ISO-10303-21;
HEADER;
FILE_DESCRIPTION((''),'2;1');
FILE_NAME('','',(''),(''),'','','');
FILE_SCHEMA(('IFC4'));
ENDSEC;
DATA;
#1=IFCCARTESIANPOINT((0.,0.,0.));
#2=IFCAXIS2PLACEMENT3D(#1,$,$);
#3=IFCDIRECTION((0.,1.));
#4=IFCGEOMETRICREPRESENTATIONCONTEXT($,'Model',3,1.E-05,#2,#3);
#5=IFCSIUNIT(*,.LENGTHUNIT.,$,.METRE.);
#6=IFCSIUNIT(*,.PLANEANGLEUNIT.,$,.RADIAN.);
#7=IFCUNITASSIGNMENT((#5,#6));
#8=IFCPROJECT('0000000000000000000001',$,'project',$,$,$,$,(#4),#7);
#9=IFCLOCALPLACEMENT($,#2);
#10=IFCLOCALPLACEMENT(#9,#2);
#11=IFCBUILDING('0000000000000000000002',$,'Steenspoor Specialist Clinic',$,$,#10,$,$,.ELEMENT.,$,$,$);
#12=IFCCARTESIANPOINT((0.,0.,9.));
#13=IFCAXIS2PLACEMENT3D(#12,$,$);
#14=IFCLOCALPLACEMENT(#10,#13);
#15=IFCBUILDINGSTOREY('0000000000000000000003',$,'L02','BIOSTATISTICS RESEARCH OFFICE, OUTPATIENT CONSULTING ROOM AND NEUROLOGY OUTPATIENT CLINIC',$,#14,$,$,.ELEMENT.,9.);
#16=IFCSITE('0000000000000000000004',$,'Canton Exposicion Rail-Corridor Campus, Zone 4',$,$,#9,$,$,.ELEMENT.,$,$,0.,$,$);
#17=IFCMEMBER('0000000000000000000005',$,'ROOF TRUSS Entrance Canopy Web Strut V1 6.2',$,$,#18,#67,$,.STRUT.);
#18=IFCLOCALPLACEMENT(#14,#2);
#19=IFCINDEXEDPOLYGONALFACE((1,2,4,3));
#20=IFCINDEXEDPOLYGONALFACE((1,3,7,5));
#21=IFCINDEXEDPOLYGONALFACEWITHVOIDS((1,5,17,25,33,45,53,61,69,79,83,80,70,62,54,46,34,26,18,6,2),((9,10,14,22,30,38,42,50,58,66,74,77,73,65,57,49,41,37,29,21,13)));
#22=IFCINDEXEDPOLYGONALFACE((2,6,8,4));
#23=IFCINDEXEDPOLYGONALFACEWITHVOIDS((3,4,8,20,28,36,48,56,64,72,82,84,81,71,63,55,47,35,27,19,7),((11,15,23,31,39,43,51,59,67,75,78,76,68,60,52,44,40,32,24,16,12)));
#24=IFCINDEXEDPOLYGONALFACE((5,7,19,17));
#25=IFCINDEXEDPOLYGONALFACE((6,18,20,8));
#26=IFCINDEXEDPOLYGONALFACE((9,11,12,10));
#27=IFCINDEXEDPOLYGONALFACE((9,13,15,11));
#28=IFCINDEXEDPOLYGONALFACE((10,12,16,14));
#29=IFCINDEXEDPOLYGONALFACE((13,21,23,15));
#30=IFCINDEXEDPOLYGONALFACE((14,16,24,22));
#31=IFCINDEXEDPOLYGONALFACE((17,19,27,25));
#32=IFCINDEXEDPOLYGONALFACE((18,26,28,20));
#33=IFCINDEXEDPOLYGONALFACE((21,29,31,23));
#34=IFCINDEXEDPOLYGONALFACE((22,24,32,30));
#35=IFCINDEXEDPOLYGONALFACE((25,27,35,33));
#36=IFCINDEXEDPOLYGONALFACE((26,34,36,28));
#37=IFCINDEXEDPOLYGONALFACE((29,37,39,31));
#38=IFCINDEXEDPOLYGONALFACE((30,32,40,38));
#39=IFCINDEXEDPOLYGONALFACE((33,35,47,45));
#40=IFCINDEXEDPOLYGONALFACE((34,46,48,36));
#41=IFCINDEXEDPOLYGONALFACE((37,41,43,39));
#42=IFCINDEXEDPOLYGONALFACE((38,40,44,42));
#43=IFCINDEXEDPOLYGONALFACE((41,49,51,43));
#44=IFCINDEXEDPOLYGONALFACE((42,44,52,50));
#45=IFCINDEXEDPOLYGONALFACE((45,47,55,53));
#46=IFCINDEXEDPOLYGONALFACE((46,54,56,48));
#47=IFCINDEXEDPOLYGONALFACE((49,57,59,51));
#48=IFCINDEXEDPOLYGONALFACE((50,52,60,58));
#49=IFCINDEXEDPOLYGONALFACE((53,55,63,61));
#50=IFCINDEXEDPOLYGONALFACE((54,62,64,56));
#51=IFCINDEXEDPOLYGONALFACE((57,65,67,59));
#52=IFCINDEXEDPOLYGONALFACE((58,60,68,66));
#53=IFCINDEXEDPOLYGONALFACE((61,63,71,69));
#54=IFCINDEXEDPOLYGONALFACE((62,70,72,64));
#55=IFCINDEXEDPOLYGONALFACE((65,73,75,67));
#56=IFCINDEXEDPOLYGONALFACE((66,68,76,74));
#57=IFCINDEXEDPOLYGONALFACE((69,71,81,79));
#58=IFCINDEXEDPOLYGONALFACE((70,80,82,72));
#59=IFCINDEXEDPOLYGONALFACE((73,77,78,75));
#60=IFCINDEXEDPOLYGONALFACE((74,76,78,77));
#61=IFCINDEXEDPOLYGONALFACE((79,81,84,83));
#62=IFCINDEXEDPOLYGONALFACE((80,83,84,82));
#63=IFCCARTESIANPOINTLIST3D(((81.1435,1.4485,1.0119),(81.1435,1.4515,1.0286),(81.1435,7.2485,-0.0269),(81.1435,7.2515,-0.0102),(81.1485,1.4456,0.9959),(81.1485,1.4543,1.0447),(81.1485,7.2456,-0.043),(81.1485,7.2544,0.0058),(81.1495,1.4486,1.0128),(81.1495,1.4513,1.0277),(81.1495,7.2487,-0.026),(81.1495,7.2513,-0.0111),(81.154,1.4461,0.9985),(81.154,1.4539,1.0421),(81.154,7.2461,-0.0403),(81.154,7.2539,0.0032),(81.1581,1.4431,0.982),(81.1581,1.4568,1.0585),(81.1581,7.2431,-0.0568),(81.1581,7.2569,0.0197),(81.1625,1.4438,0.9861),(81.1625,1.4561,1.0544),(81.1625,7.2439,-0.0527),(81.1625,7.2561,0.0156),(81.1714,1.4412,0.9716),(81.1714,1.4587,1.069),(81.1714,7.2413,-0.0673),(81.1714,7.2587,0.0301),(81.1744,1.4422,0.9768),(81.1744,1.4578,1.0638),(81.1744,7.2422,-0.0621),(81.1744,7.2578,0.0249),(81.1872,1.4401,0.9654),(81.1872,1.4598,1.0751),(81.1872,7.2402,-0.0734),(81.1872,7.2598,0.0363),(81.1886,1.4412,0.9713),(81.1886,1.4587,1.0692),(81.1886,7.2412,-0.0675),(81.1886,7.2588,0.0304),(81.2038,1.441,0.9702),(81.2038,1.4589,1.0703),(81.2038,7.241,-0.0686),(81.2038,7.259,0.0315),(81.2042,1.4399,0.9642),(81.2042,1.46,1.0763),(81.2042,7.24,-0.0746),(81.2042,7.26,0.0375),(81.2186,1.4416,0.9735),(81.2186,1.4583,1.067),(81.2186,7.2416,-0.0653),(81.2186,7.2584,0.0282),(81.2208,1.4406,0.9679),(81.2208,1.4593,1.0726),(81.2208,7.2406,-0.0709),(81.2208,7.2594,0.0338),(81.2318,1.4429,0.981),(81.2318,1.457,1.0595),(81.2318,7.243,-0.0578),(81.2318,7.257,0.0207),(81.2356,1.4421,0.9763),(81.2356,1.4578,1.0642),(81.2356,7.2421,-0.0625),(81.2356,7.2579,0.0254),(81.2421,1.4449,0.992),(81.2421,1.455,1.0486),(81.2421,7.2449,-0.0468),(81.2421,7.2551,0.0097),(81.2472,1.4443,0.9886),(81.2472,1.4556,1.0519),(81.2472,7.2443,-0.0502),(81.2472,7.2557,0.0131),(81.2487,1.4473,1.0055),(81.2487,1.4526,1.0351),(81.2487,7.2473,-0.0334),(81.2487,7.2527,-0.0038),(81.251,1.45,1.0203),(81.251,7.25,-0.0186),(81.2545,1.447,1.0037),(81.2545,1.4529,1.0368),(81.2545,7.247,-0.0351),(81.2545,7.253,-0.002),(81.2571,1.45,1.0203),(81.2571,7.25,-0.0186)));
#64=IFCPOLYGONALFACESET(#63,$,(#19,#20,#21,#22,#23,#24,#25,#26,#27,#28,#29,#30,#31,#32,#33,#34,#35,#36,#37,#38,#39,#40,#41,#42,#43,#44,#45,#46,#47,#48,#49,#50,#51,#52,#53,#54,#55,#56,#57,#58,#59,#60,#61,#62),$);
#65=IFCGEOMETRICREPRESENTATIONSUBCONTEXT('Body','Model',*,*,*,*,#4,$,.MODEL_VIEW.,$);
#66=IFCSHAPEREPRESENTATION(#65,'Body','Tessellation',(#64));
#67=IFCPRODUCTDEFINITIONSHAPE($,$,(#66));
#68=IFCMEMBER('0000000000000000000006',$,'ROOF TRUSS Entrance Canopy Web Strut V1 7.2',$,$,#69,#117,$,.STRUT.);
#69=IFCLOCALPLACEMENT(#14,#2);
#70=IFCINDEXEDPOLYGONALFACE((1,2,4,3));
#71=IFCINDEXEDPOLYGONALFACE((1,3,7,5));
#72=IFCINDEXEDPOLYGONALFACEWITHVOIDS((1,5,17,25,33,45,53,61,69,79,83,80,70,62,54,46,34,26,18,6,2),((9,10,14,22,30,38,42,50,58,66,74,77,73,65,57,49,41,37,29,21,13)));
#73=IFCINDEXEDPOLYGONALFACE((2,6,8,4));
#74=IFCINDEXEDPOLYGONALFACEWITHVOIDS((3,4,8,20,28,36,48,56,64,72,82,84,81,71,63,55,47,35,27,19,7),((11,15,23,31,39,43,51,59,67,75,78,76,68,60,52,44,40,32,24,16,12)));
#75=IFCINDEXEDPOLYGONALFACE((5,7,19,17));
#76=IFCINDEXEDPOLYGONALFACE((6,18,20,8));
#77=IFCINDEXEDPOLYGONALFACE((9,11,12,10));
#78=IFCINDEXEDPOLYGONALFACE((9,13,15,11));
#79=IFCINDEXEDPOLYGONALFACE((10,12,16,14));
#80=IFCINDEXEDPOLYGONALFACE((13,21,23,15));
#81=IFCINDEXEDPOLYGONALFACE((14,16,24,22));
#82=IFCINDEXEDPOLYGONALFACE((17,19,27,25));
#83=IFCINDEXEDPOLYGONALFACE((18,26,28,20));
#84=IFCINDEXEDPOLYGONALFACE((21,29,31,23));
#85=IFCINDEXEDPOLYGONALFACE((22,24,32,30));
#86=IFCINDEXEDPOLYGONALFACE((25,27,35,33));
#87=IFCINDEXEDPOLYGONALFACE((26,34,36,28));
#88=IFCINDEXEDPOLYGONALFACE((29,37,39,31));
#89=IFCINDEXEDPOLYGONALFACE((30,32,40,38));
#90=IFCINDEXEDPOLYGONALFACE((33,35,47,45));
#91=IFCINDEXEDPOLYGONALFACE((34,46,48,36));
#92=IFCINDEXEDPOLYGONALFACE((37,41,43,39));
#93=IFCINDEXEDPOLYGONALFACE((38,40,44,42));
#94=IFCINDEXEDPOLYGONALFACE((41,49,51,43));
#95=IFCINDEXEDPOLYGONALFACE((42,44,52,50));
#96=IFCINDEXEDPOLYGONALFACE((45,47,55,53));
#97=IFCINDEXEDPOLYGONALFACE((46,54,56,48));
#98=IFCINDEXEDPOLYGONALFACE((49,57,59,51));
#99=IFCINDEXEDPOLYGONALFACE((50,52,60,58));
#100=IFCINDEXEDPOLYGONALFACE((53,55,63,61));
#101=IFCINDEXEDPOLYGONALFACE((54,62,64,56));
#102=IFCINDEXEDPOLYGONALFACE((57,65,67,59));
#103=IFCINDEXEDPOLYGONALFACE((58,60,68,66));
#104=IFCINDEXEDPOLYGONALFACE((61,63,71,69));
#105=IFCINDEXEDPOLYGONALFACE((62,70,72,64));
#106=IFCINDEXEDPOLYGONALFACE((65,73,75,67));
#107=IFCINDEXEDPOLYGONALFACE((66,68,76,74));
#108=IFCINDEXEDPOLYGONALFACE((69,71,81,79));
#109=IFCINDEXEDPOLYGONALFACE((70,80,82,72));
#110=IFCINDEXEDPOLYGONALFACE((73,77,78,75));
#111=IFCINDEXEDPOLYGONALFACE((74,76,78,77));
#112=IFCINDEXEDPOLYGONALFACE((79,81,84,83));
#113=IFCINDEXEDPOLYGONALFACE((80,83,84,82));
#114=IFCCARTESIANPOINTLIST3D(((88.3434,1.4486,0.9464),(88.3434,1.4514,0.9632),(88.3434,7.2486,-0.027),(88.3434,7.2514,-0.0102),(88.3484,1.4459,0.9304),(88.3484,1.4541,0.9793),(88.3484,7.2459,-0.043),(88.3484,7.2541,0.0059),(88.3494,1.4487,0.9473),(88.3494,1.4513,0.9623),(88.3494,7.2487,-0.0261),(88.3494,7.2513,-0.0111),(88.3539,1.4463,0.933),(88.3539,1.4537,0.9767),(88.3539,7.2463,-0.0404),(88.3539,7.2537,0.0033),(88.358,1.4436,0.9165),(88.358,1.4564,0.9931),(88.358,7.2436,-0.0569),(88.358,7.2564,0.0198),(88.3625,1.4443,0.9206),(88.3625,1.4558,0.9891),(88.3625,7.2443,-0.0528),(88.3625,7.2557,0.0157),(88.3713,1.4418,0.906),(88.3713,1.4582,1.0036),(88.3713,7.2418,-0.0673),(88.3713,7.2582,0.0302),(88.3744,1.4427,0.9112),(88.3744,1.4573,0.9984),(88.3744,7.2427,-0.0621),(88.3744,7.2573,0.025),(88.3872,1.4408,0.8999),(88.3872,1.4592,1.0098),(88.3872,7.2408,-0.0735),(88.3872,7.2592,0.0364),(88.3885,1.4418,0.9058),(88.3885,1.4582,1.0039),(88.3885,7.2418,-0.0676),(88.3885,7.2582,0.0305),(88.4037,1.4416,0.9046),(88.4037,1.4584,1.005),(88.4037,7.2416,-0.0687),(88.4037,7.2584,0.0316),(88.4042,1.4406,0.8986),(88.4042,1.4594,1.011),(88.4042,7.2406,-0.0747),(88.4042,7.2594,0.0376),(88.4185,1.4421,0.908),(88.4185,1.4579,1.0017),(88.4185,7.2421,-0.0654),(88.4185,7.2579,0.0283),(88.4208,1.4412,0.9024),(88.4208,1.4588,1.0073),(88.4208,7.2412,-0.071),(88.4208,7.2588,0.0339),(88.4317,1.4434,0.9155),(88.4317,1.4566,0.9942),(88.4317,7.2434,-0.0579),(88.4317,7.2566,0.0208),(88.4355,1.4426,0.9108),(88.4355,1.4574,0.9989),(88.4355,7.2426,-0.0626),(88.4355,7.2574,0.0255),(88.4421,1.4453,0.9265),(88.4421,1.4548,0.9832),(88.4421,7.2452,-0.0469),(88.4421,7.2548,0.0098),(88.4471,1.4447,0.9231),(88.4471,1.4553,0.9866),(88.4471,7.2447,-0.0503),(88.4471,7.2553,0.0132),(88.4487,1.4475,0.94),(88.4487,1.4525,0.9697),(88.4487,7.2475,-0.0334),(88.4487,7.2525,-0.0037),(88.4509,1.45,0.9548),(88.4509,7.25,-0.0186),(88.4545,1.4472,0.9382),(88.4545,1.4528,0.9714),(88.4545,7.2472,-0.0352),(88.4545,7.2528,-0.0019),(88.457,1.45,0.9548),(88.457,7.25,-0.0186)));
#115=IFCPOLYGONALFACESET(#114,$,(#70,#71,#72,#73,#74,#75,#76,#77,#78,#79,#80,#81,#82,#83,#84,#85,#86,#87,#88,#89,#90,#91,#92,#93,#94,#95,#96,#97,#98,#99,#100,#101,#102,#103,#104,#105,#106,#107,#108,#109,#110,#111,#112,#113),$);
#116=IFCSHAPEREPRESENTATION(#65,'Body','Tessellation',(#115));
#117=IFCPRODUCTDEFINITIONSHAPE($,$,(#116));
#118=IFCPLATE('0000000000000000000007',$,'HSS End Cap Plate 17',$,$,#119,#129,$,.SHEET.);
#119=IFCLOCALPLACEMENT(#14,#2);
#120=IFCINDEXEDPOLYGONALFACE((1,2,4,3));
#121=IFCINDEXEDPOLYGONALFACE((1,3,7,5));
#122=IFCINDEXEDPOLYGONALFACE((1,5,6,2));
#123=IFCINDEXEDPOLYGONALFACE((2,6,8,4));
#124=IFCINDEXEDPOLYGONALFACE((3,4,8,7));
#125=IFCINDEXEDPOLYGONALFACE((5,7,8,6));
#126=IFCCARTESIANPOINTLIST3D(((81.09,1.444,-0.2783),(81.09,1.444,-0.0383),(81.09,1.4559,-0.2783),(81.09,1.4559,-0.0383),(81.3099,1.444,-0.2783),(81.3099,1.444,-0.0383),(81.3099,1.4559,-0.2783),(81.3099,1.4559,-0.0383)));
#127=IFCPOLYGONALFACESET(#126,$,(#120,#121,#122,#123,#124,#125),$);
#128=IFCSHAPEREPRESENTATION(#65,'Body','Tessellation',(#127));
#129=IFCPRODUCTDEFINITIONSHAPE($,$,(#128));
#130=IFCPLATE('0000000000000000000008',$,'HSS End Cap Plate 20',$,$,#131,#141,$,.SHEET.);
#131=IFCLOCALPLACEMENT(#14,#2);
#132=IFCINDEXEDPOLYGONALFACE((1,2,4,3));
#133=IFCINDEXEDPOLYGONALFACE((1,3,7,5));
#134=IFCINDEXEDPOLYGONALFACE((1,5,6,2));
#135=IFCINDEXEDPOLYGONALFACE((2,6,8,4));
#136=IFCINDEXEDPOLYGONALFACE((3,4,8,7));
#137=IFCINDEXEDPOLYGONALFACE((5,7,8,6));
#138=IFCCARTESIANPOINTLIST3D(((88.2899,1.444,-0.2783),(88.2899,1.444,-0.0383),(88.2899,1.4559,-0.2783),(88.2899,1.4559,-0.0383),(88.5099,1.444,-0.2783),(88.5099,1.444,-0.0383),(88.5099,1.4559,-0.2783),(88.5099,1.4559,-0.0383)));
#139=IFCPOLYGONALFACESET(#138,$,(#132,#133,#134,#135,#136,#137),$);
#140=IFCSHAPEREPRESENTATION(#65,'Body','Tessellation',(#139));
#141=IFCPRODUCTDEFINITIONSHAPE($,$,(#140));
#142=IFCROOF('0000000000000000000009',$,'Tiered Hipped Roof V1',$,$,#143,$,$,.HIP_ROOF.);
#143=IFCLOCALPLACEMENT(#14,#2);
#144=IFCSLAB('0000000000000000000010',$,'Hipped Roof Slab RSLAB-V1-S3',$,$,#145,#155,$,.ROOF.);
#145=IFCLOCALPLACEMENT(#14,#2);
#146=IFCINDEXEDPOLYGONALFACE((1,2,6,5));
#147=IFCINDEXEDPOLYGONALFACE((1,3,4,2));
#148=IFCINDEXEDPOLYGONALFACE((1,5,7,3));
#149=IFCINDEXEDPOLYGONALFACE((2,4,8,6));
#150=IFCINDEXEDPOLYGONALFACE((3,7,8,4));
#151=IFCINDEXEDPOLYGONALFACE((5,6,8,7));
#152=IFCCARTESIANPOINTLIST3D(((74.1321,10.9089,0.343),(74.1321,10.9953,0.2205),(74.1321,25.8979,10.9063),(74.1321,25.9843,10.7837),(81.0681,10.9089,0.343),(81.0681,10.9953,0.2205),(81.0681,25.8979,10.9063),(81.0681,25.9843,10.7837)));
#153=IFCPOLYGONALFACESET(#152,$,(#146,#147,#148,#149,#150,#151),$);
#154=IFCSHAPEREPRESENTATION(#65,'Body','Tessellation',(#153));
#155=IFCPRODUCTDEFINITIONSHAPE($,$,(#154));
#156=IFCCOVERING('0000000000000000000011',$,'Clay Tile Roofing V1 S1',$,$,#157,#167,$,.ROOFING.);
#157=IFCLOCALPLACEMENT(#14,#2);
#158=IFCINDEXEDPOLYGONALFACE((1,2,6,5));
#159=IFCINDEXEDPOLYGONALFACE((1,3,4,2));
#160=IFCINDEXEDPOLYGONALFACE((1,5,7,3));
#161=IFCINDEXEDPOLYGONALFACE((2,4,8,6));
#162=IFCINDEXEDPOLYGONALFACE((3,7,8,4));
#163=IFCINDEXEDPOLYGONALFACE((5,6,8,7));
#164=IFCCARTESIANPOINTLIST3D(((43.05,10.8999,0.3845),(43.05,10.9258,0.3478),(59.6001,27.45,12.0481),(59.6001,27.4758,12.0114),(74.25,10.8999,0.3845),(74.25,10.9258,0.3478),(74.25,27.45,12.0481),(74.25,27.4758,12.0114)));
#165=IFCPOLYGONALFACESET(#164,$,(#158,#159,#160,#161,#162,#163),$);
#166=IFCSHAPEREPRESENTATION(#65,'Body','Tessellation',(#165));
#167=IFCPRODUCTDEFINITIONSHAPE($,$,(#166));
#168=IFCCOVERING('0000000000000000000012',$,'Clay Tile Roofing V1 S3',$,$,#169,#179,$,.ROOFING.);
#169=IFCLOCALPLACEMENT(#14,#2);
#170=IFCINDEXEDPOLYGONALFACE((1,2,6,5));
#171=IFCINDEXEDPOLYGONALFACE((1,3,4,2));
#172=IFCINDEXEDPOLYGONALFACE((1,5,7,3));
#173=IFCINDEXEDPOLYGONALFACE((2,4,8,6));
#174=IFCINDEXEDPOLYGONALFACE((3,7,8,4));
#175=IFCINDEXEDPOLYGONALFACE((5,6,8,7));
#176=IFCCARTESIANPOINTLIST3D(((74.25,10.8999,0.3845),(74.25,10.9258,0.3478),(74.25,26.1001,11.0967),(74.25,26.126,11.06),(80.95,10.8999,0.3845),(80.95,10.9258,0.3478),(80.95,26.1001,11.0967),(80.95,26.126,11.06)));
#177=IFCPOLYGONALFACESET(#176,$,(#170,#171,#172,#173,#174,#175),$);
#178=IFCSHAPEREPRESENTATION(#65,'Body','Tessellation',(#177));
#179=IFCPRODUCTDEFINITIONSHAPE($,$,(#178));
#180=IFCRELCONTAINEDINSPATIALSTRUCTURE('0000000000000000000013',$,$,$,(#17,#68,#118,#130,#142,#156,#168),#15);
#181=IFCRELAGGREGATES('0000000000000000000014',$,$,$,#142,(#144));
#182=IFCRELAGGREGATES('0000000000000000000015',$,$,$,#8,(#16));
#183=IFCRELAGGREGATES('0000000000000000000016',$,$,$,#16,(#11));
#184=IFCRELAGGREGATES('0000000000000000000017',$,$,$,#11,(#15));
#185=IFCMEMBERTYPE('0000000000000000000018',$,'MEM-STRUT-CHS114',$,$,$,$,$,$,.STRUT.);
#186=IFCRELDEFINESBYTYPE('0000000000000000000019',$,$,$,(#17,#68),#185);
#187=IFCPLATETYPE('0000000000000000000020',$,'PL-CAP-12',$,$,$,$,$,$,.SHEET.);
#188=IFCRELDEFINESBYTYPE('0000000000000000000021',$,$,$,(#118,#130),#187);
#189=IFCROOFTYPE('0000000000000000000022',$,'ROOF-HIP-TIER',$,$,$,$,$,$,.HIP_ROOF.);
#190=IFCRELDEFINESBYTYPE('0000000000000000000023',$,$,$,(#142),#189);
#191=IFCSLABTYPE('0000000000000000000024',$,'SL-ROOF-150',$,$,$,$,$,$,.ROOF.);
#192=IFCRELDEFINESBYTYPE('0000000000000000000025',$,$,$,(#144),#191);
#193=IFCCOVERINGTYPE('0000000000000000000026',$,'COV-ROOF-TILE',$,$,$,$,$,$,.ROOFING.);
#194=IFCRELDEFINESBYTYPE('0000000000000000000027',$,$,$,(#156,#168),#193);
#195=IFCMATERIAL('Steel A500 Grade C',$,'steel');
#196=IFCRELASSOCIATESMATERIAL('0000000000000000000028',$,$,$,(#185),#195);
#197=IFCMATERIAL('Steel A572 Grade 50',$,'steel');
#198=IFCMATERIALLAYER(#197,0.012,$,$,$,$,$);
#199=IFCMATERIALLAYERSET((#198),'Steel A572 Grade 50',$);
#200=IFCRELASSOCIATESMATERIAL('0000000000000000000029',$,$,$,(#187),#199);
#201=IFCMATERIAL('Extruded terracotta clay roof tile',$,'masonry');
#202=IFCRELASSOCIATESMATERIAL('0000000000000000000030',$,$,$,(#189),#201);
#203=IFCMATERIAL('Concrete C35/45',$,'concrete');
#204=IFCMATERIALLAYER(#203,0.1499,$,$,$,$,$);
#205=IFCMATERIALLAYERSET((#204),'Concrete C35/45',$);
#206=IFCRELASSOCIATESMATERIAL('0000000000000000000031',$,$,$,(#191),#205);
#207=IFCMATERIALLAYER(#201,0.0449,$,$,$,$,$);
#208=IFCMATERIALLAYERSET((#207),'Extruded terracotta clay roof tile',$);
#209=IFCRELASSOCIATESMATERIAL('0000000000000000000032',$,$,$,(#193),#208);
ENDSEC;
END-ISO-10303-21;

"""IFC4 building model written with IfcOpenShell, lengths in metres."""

from ifc_helpers import new_model, si_unit, direction, frame, origin, origin_2d, place, context, subcontext, project, spatial, polyline, rectangle, hollow_circle, outline, extrude, material, layer, layer_set, material_profile, profile_set, type_object, element, aggregate, save


model = new_model("IFC4")

# Units and contexts
model_context = context("Model", 3, precision=1e-05, world=origin(), true_north=direction((0.0, 1.0)))
body_context = subcontext(model_context, "Body", "Model", "MODEL_VIEW")
ifc_project = project(units=[si_unit("LENGTHUNIT", "METRE"), si_unit("PLANEANGLEUNIT", "RADIAN")], contexts=[model_context])

# Site, building, storey
site_placement = place(None, origin())
site = spatial("IfcSite", under=ifc_project, at=site_placement, Name="Canton Exposicion Rail-Corridor Campus, Zone 4", CompositionType="ELEMENT", RefElevation=0.0)
building_placement = place(site_placement, origin())
building = spatial("IfcBuilding", under=site, at=building_placement, Name="Steenspoor Specialist Clinic", CompositionType="ELEMENT")
storey_placement = place(building_placement, frame((0.0, 0.0, 9.0)))
storey = spatial("IfcBuildingStorey", under=building, at=storey_placement, Name="L02", Description="BIOSTATISTICS RESEARCH OFFICE, OUTPATIENT CONSULTING ROOM AND NEUROLOGY OUTPATIENT CLINIC", CompositionType="ELEMENT", Elevation=9.0)

# Members
ifc_material_1 = material(Name="Steel A500 Grade C", Category="steel")
ifc_material_profile_1 = material_profile(ifc_material_1, hollow_circle(Radius=0.0571, WallThickness=0.0061, at=origin_2d()), Name="CHS114X6.0")
ifc_profile_set_1 = profile_set([ifc_material_profile_1], Name="Steel A500 Grade C")
member_type_1 = type_object("IfcMemberType", Name="MEM-STRUT-CHS114", PredefinedType="STRUT", material=ifc_profile_set_1)
member_1_placement = place(storey_placement, frame((81.2, 7.25, -0.0186), z_axis=(0.0, -0.984337, 0.1763), x_axis=(1.0, 0.0, 0.0)))
element("IfcMember", 1, at=member_1_placement, inside=storey, type_object=member_type_1, Name="ROOF TRUSS Entrance Canopy Web Strut V1 6.2", PredefinedType="STRUT", context=body_context, shape_type="SweptSolid", body=[
    extrude(hollow_circle(Radius=0.0571, WallThickness=0.0061, at=origin_2d()), origin(), (0.0, 0.0, 1.0), 5.8923),
])
member_2_placement = place(storey_placement, frame((88.3999, 7.25, -0.0186), z_axis=(0.0, -0.986208, 0.16551), x_axis=(1.0, 0.0, 0.0)))
element("IfcMember", 2, at=member_2_placement, inside=storey, type_object=member_type_1, Name="ROOF TRUSS Entrance Canopy Web Strut V1 7.2", PredefinedType="STRUT", context=body_context, shape_type="SweptSolid", body=[
    extrude(hollow_circle(Radius=0.0571, WallThickness=0.0061, at=origin_2d()), origin(), (0.0, 0.0, 1.0), 5.8811),
])

# Plates
ifc_material_2 = material(Name="Steel A572 Grade 50", Category="steel")
ifc_layer_1 = layer(ifc_material_2, 0.012)
ifc_layer_set_1 = layer_set([ifc_layer_1], Name="Steel A572 Grade 50")
plate_type = type_object("IfcPlateType", Name="PL-CAP-12", PredefinedType="SHEET", material=ifc_layer_set_1)
for number, where, z_axis, x_axis, name in (
    (3, (81.2, 1.45, -0.2783), (0.0, 0.0, 1.0), (1.0, 0.0, 0.0), "HSS End Cap Plate 17"),
    (4, (88.3999, 1.45, -0.2783), (0.0, 0.0, 1.0), (1.0, 0.0, 0.0), "HSS End Cap Plate 20"),
):
    element("IfcPlate", number, at=place(storey_placement, frame(where, z_axis=z_axis, x_axis=x_axis)), inside=storey, type_object=plate_type, Name=name, PredefinedType="SHEET", context=body_context, shape_type="SweptSolid", body=[
        extrude(rectangle(XDim=0.22, YDim=0.012, at=origin_2d()), origin(), (0.0, 0.0, 1.0), 0.24),
    ])

# Roof, slab
ifc_material_3 = material(Name="Extruded terracotta clay roof tile", Category="masonry")
roof_type = type_object("IfcRoofType", Name="ROOF-HIP-TIER", PredefinedType="HIP_ROOF", material=ifc_material_3)
roof_placement = place(storey_placement, origin())
roof = element("IfcRoof", 5, at=roof_placement, inside=storey, type_object=roof_type, Name="Tiered Hipped Roof V1", PredefinedType="HIP_ROOF")
ifc_material_4 = material(Name="Concrete C35/45", Category="concrete")
ifc_layer_2 = layer(ifc_material_4, 0.1499)
ifc_layer_set_2 = layer_set([ifc_layer_2], Name="Concrete C35/45")
slab_type = type_object("IfcSlabType", Name="SL-ROOF-150", PredefinedType="ROOF", material=ifc_layer_set_2)
slab_placement = place(storey_placement, frame((74.1321, 10.9089, 0.343), z_axis=(0.0, -0.576055, 0.817411), x_axis=(1.0, 0.0, 0.0)))
slab = element("IfcSlab", 6, at=slab_placement, type_object=slab_type, Name="Hipped Roof Slab RSLAB-V1-S3", PredefinedType="ROOF", context=body_context, shape_type="SweptSolid", body=[
    extrude(outline(polyline([(0.0, 0.0), (6.936, 0.0), (6.936, 18.3372), (0.0, 18.3372), (0.0, 0.0)])), origin(), (0.0, 0.0, -1.0), 0.1499),
])
aggregate(roof, [slab])

# Coverings
ifc_layer_3 = layer(ifc_material_3, 0.0449)
ifc_layer_set_3 = layer_set([ifc_layer_3], Name="Extruded terracotta clay roof tile")
covering_type = type_object("IfcCoveringType", Name="COV-ROOF-TILE", PredefinedType="ROOFING", material=ifc_layer_set_3)
covering_1_placement = place(storey_placement, frame((74.25, 10.8999, 0.3845), z_axis=(0.0, -0.576063, 0.817405), x_axis=(0.0, 0.817405, 0.576063)))
element("IfcCovering", 7, at=covering_1_placement, inside=storey, type_object=covering_type, Name="Clay Tile Roofing V1 S1", PredefinedType="ROOFING", context=body_context, shape_type="SweptSolid", body=[
    extrude(outline(polyline([(0.0, 0.0), (20.2471, 0.0), (20.2471, 14.6499), (0.0, 31.2), (0.0, 0.0)])), origin(), (0.0, 0.0, -1.0), 0.0449),
])
covering_2_placement = place(storey_placement, frame((80.95, 10.8999, 0.3845), z_axis=(0.0, -0.576059, 0.817408), x_axis=(0.0, 0.817408, 0.576059)))
element("IfcCovering", 8, at=covering_2_placement, inside=storey, type_object=covering_type, Name="Clay Tile Roofing V1 S3", PredefinedType="ROOFING", context=body_context, shape_type="SweptSolid", body=[
    extrude(outline(polyline([(0.0, 0.0), (18.5956, 0.0), (18.5956, 6.7), (0.0, 6.7), (0.0, 0.0)])), origin(), (0.0, 0.0, -1.0), 0.0449),
])

save(model, "model.ifc")
